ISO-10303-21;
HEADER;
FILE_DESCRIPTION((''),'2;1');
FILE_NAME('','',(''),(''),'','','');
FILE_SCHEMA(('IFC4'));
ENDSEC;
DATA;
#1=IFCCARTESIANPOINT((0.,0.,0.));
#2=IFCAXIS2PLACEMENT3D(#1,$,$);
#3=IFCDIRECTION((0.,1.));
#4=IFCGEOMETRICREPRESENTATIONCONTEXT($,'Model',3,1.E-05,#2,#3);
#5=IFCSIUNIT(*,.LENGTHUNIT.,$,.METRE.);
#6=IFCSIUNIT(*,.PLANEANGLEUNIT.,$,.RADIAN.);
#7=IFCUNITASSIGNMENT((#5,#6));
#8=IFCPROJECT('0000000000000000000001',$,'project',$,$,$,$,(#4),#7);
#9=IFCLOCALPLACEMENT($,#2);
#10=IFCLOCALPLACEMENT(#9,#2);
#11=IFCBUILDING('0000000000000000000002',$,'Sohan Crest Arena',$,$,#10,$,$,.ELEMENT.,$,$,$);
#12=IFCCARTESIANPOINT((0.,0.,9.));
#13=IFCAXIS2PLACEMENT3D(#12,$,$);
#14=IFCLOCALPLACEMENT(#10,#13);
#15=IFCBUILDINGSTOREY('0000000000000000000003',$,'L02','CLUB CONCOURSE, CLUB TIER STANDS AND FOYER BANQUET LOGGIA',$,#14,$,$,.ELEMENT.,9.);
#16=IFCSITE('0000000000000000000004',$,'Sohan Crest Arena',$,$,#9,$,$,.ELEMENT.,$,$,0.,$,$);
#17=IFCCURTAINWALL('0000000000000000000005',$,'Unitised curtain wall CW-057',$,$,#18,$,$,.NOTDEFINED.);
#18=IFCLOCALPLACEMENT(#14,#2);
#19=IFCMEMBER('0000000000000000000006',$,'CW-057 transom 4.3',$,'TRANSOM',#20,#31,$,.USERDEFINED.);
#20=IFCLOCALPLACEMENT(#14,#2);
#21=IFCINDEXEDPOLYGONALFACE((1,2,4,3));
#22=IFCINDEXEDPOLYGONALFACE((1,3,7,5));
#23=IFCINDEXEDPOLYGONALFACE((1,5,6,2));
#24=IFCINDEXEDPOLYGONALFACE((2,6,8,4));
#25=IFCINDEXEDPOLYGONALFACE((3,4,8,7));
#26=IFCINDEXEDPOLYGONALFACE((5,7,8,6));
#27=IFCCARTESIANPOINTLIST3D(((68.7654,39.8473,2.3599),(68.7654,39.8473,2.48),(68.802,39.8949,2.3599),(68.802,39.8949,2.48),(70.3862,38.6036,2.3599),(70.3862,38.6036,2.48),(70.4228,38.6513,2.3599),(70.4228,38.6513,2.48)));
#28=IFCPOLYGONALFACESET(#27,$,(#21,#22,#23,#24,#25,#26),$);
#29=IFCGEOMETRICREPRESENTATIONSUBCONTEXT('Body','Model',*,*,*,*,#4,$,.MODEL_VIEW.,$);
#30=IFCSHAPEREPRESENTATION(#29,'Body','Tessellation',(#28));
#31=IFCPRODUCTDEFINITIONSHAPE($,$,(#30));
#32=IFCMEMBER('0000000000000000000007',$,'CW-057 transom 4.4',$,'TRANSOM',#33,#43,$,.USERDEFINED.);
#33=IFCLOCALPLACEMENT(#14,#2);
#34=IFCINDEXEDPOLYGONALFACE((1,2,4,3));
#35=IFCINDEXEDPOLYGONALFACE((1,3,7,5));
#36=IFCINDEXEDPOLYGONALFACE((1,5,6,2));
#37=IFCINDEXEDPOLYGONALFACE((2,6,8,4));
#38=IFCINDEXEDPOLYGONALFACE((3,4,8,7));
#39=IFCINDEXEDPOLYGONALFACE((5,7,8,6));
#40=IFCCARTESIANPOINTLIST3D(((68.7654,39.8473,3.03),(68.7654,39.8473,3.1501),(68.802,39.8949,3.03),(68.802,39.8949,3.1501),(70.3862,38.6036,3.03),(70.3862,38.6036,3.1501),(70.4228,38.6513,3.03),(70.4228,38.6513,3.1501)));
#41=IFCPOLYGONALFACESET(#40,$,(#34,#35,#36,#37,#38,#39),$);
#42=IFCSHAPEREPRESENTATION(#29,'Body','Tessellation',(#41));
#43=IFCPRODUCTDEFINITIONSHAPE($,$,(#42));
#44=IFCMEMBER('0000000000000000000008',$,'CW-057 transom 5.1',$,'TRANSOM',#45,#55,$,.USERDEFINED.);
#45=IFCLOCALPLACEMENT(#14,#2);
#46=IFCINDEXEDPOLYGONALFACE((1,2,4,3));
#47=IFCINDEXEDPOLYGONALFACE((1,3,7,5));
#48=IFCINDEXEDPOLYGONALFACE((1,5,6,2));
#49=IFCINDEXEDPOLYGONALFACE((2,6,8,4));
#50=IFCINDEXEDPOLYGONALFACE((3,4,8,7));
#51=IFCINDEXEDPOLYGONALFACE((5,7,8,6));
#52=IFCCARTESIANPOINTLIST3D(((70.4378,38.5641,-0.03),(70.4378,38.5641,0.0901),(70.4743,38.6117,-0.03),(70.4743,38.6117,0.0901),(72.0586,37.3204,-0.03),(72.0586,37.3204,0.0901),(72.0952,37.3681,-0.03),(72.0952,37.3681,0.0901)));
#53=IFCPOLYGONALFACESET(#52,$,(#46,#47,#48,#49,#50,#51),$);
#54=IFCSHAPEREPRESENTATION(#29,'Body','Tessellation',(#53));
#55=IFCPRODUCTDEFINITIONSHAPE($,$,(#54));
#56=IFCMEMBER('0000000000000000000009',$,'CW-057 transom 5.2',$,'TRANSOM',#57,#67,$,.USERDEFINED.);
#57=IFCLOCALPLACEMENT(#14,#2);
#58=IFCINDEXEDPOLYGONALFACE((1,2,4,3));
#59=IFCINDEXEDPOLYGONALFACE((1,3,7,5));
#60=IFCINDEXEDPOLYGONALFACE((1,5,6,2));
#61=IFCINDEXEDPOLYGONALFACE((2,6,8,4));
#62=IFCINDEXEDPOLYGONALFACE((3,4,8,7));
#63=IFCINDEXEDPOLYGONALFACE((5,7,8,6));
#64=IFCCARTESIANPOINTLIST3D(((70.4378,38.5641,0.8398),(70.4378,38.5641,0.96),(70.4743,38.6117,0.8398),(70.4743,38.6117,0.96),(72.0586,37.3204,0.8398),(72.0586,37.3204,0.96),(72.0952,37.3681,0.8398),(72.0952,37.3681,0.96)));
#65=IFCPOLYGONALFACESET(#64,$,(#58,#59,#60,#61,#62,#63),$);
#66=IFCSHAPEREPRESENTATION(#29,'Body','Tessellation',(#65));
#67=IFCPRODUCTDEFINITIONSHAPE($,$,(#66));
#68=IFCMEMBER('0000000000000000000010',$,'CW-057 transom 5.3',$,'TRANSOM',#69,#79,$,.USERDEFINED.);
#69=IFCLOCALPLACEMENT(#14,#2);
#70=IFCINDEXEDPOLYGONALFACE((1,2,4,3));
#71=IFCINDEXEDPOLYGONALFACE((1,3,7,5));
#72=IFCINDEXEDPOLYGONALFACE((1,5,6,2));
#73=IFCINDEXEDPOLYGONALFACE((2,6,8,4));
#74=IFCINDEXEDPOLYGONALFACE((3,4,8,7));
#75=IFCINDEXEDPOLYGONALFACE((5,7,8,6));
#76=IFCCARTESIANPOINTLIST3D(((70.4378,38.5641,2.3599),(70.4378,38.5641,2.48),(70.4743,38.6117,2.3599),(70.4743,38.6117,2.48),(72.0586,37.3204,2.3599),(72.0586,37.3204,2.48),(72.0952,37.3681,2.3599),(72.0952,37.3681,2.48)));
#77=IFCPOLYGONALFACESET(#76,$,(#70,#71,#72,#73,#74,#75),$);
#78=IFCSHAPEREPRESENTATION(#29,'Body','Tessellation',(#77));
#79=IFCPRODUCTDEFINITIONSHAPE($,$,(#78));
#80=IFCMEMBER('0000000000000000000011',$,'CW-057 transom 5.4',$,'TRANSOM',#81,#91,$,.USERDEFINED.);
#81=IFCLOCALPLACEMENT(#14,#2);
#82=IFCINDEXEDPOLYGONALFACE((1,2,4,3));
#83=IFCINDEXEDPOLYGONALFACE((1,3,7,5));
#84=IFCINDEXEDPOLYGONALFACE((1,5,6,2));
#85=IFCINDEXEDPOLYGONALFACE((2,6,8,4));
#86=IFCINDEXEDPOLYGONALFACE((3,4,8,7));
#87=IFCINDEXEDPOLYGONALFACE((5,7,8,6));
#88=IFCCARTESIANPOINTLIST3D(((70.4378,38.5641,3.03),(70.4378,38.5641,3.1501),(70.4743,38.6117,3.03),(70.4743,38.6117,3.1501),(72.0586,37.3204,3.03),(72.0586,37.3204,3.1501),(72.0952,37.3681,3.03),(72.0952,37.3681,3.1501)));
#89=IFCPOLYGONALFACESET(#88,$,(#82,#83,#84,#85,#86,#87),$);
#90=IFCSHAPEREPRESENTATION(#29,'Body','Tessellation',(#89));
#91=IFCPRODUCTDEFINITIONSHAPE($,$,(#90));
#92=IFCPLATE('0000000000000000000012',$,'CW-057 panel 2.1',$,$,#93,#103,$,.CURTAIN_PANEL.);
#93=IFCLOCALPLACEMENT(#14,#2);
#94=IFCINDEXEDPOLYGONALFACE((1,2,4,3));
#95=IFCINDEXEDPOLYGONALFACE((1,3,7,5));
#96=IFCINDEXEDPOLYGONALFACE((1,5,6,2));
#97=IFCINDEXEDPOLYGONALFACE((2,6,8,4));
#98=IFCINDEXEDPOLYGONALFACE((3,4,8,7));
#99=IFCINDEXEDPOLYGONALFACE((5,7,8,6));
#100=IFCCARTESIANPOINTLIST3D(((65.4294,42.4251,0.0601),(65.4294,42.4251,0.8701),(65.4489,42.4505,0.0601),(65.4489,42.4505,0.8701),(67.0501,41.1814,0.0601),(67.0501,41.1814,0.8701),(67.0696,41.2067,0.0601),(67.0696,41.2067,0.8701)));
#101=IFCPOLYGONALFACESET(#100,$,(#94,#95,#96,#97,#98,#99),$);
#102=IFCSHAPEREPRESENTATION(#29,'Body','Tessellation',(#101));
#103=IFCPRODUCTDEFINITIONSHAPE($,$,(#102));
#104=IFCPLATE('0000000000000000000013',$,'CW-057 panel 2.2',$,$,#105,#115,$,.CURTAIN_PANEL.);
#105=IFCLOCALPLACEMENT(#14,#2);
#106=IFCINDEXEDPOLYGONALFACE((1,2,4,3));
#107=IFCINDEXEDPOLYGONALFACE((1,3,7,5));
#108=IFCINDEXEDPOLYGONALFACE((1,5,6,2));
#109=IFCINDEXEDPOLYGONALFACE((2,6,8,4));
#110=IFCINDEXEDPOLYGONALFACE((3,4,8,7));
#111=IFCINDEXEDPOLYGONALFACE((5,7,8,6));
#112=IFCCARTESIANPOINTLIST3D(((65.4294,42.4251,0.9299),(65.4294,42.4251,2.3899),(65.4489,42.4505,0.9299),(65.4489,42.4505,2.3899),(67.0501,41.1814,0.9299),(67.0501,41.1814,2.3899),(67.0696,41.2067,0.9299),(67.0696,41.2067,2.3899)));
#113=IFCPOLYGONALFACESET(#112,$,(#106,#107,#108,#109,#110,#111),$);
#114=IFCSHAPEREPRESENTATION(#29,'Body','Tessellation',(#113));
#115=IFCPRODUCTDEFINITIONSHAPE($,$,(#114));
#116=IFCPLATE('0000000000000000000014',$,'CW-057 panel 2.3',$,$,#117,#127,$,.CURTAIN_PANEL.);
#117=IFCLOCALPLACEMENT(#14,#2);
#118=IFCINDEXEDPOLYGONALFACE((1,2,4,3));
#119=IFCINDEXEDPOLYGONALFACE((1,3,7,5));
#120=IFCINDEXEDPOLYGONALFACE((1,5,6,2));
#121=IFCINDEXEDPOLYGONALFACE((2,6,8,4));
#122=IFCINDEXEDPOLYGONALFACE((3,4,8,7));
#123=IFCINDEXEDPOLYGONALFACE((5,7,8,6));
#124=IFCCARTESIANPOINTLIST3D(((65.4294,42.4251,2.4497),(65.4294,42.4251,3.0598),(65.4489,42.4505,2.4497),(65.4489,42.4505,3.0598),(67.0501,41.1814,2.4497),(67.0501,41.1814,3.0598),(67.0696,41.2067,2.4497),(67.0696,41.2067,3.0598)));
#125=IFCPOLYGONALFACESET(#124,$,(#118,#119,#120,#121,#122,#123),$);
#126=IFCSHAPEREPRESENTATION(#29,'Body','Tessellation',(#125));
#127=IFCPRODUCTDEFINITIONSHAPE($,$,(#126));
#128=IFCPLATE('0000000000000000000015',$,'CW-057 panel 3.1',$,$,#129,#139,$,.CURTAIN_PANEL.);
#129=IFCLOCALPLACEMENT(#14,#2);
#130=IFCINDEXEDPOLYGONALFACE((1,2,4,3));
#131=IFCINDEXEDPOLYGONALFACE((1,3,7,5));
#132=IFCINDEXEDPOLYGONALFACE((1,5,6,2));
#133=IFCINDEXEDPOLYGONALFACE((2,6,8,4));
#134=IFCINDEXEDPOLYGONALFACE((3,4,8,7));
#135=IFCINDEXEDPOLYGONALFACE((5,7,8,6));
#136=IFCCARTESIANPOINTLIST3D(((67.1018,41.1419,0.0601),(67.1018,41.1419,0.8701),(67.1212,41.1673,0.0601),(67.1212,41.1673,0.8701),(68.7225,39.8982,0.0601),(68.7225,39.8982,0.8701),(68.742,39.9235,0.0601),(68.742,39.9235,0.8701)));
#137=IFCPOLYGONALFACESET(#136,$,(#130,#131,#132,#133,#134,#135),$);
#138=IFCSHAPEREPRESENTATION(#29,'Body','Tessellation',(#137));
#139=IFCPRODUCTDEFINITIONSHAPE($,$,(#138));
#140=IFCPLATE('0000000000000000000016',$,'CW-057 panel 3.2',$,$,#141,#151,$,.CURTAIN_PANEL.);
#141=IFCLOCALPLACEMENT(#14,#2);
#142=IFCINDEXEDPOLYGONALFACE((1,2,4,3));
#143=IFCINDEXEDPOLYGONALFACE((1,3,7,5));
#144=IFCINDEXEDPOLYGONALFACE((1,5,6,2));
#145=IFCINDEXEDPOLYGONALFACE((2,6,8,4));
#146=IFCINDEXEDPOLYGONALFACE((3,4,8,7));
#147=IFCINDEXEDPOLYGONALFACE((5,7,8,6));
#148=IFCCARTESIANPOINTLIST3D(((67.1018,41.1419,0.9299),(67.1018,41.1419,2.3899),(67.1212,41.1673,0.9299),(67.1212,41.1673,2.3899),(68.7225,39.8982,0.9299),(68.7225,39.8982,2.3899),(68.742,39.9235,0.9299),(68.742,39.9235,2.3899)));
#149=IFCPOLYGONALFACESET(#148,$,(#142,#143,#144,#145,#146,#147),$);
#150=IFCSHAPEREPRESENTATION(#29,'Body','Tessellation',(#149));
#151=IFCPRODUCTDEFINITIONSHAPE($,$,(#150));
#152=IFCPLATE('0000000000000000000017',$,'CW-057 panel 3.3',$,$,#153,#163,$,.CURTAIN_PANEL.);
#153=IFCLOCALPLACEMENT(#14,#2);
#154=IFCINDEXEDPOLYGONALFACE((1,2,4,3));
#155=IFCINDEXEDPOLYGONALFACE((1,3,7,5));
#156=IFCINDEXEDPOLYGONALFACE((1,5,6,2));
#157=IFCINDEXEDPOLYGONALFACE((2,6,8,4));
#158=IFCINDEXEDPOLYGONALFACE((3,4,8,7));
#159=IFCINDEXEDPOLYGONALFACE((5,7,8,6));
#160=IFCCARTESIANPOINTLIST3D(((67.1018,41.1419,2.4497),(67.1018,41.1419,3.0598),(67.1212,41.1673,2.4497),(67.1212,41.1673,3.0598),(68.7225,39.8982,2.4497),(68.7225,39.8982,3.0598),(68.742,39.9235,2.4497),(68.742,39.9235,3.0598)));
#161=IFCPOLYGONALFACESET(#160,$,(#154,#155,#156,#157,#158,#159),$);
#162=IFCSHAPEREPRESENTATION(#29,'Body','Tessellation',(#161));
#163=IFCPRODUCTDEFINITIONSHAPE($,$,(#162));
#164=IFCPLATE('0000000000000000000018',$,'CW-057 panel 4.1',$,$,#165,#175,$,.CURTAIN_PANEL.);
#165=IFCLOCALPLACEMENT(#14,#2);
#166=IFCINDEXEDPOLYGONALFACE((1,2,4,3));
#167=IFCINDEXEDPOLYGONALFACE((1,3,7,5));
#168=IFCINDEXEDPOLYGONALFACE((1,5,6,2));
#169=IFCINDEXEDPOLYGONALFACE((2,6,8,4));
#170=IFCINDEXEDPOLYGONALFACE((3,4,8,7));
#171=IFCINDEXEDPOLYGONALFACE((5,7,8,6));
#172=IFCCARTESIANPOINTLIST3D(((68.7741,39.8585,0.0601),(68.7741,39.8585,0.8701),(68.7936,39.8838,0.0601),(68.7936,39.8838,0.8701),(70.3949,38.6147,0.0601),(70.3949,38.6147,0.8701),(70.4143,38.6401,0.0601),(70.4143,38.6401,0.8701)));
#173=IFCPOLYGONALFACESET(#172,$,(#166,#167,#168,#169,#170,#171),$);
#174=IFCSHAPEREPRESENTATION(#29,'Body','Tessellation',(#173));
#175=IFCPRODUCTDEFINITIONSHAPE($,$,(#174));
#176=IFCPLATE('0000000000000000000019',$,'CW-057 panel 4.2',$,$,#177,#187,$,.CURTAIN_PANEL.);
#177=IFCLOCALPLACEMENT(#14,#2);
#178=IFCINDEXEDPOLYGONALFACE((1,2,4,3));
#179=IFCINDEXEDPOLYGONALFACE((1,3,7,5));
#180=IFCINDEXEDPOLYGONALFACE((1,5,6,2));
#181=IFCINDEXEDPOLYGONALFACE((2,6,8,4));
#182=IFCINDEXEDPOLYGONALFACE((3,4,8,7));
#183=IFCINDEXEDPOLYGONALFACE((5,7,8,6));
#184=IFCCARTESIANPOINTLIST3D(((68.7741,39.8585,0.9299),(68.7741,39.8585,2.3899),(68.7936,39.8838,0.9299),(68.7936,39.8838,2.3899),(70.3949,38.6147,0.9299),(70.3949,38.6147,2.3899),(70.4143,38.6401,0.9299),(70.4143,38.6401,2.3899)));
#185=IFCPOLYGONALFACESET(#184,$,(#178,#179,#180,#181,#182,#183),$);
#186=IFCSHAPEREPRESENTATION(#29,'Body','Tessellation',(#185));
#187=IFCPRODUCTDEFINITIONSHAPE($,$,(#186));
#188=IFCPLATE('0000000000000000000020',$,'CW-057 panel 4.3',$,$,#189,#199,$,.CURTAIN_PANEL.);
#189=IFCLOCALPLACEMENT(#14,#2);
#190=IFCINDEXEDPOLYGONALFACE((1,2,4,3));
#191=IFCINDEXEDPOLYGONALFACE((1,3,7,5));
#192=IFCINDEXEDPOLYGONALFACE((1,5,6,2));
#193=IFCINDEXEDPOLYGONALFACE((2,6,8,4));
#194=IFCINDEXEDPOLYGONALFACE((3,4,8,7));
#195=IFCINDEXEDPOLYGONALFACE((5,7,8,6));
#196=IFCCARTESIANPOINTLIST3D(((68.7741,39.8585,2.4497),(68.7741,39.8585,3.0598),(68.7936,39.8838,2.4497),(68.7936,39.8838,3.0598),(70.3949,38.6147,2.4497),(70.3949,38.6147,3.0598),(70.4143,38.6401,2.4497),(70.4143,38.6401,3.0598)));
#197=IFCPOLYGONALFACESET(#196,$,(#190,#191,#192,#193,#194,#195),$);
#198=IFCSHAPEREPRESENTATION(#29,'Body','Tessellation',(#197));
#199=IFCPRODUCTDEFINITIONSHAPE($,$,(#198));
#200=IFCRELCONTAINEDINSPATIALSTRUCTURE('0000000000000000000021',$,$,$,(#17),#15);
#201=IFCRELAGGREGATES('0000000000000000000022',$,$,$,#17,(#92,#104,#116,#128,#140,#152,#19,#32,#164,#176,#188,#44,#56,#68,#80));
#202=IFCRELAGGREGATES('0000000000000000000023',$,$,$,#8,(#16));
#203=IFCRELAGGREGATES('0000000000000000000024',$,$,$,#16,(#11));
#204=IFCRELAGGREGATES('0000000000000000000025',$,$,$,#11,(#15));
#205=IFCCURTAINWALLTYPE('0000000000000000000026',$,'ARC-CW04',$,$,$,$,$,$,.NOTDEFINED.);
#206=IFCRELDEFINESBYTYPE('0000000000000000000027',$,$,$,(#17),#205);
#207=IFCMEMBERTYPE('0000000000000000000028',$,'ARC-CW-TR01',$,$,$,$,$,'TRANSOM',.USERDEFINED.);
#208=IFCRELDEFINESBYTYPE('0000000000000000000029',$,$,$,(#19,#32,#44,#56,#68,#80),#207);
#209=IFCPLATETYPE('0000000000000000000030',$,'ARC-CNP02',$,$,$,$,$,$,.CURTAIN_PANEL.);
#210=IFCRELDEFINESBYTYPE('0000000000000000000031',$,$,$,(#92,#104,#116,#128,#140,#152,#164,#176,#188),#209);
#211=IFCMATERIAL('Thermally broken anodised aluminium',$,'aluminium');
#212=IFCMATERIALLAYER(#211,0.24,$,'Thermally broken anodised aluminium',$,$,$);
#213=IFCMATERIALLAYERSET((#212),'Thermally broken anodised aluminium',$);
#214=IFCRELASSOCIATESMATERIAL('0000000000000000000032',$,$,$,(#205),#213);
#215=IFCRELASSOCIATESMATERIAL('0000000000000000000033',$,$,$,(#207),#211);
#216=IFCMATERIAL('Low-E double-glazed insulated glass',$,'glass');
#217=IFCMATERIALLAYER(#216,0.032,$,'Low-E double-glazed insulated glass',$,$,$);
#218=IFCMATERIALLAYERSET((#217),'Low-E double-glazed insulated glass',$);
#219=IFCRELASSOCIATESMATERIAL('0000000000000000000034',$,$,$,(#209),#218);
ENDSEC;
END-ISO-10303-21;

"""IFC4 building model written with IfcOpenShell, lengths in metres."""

from ifc_helpers import new_model, si_unit, direction, frame, origin, origin_2d, place, context, subcontext, project, spatial, rectangle, extrude, material, layer, layer_set, material_profile, profile_set, type_object, element, aggregate, save


model = new_model("IFC4")

# Units and contexts
model_context = context("Model", 3, precision=1e-05, world=origin(), true_north=direction((0.0, 1.0)))
body_context = subcontext(model_context, "Body", "Model", "MODEL_VIEW")
ifc_project = project(units=[si_unit("LENGTHUNIT", "METRE"), si_unit("PLANEANGLEUNIT", "RADIAN")], contexts=[model_context])

# Site, building, storey
site_placement = place(None, origin())
site = spatial("IfcSite", under=ifc_project, at=site_placement, Name="Sohan Crest Arena", CompositionType="ELEMENT", RefElevation=0.0)
building_placement = place(site_placement, origin())
building = spatial("IfcBuilding", under=site, at=building_placement, Name="Sohan Crest Arena", CompositionType="ELEMENT")
storey_placement = place(building_placement, frame((0.0, 0.0, 9.0)))
storey = spatial("IfcBuildingStorey", under=building, at=storey_placement, Name="L02", Description="CLUB CONCOURSE, CLUB TIER STANDS AND FOYER BANQUET LOGGIA", CompositionType="ELEMENT", Elevation=9.0)

# Curtain wall, members, plates
ifc_material_1 = material(Name="Thermally broken anodised aluminium", Category="aluminium")
ifc_layer_1 = layer(ifc_material_1, 0.24, Name="Thermally broken anodised aluminium")
ifc_layer_set_1 = layer_set([ifc_layer_1], Name="Thermally broken anodised aluminium")
curtain_wall_type = type_object("IfcCurtainWallType", Name="ARC-CW04", PredefinedType="NOTDEFINED", material=ifc_layer_set_1)
curtain_wall_placement = place(storey_placement, origin())
curtain_wall = element("IfcCurtainWall", 1, at=curtain_wall_placement, inside=storey, type_object=curtain_wall_type, Name="Unitised curtain wall CW-057", PredefinedType="NOTDEFINED")
ifc_material_profile_1 = material_profile(ifc_material_1, rectangle(XDim=0.0601, YDim=0.1201, at=origin_2d()), Name="ALU-TRAN 60x120")
ifc_profile_set_1 = profile_set([ifc_material_profile_1], Name="Thermally broken anodised aluminium")
member_type_1 = type_object("IfcMemberType", Name="ARC-CW-TR01", ElementType="TRANSOM", PredefinedType="USERDEFINED", material=ifc_profile_set_1)
member_1_placement = place(storey_placement, frame((68.7837, 39.8711, 2.4199), z_axis=(0.79337, -0.60874, 0.0), x_axis=(0.60874, 0.79337, 0.0)))
member_1 = element("IfcMember", 2, at=member_1_placement, type_object=member_type_1, Name="CW-057 transom 4.3", ObjectType="TRANSOM", PredefinedType="USERDEFINED", context=body_context, shape_type="SweptSolid", body=[
    extrude(rectangle(XDim=0.0601, YDim=0.1201, at=origin_2d()), origin(), (0.0, 0.0, 1.0), 2.043),
])
member_2_placement = place(storey_placement, frame((68.7837, 39.8711, 3.0901), z_axis=(0.79337, -0.60874, 0.0), x_axis=(0.60874, 0.79337, 0.0)))
member_2 = element("IfcMember", 3, at=member_2_placement, type_object=member_type_1, Name="CW-057 transom 4.4", ObjectType="TRANSOM", PredefinedType="USERDEFINED", context=body_context, shape_type="SweptSolid", body=[
    extrude(rectangle(XDim=0.0601, YDim=0.1201, at=origin_2d()), origin(), (0.0, 0.0, 1.0), 2.043),
])
member_3_placement = place(storey_placement, frame((70.4561, 38.5879, 0.03), z_axis=(0.79337, -0.60874, 0.0), x_axis=(0.60874, 0.79337, 0.0)))
member_3 = element("IfcMember", 4, at=member_3_placement, type_object=member_type_1, Name="CW-057 transom 5.1", ObjectType="TRANSOM", PredefinedType="USERDEFINED", context=body_context, shape_type="SweptSolid", body=[
    extrude(rectangle(XDim=0.0601, YDim=0.1201, at=origin_2d()), origin(), (0.0, 0.0, 1.0), 2.043),
])
member_4_placement = place(storey_placement, frame((70.4561, 38.5879, 0.8999), z_axis=(0.79337, -0.60874, 0.0), x_axis=(0.60874, 0.79337, 0.0)))
member_4 = element("IfcMember", 5, at=member_4_placement, type_object=member_type_1, Name="CW-057 transom 5.2", ObjectType="TRANSOM", PredefinedType="USERDEFINED", context=body_context, shape_type="SweptSolid", body=[
    extrude(rectangle(XDim=0.0601, YDim=0.1201, at=origin_2d()), origin(), (0.0, 0.0, 1.0), 2.043),
])
member_5_placement = place(storey_placement, frame((70.4561, 38.5879, 2.4199), z_axis=(0.79337, -0.60874, 0.0), x_axis=(0.60874, 0.79337, 0.0)))
member_5 = element("IfcMember", 6, at=member_5_placement, type_object=member_type_1, Name="CW-057 transom 5.3", ObjectType="TRANSOM", PredefinedType="USERDEFINED", context=body_context, shape_type="SweptSolid", body=[
    extrude(rectangle(XDim=0.0601, YDim=0.1201, at=origin_2d()), origin(), (0.0, 0.0, 1.0), 2.043),
])
member_6_placement = place(storey_placement, frame((70.4561, 38.5879, 3.0901), z_axis=(0.79337, -0.60874, 0.0), x_axis=(0.60874, 0.79337, 0.0)))
member_6 = element("IfcMember", 7, at=member_6_placement, type_object=member_type_1, Name="CW-057 transom 5.4", ObjectType="TRANSOM", PredefinedType="USERDEFINED", context=body_context, shape_type="SweptSolid", body=[
    extrude(rectangle(XDim=0.0601, YDim=0.1201, at=origin_2d()), origin(), (0.0, 0.0, 1.0), 2.043),
])
ifc_material_2 = material(Name="Low-E double-glazed insulated glass", Category="glass")
ifc_layer_2 = layer(ifc_material_2, 0.032, Name="Low-E double-glazed insulated glass")
ifc_layer_set_2 = layer_set([ifc_layer_2], Name="Low-E double-glazed insulated glass")
plate_type = type_object("IfcPlateType", Name="ARC-CNP02", PredefinedType="CURTAIN_PANEL", material=ifc_layer_set_2)
plate_1_placement = place(storey_placement, frame((66.2495, 41.8159, 0.0601), z_axis=(0.0, 0.0, 1.0), x_axis=(0.793329, -0.608793, 0.0)))
plate_1 = element("IfcPlate", 8, at=plate_1_placement, type_object=plate_type, Name="CW-057 panel 2.1", PredefinedType="CURTAIN_PANEL", context=body_context, shape_type="SweptSolid", body=[
    extrude(rectangle(XDim=2.043, YDim=0.032, at=origin_2d()), origin(), (0.0, 0.0, 1.0), 0.8101),
])
plate_2_placement = place(storey_placement, frame((66.2495, 41.8159, 0.9299), z_axis=(0.0, 0.0, 1.0), x_axis=(0.793329, -0.608793, 0.0)))
plate_2 = element("IfcPlate", 9, at=plate_2_placement, type_object=plate_type, Name="CW-057 panel 2.2", PredefinedType="CURTAIN_PANEL", context=body_context, shape_type="SweptSolid", body=[
    extrude(rectangle(XDim=2.043, YDim=0.032, at=origin_2d()), origin(), (0.0, 0.0, 1.0), 1.46),
])
plate_3_placement = place(storey_placement, frame((66.2495, 41.8159, 2.4497), z_axis=(0.0, 0.0, 1.0), x_axis=(0.793329, -0.608793, 0.0)))
plate_3 = element("IfcPlate", 10, at=plate_3_placement, type_object=plate_type, Name="CW-057 panel 2.3", PredefinedType="CURTAIN_PANEL", context=body_context, shape_type="SweptSolid", body=[
    extrude(rectangle(XDim=2.043, YDim=0.032, at=origin_2d()), origin(), (0.0, 0.0, 1.0), 0.6101),
])
plate_4_placement = place(storey_placement, frame((67.9219, 40.5327, 0.0601), z_axis=(0.0, 0.0, 1.0), x_axis=(0.793329, -0.608793, 0.0)))
plate_4 = element("IfcPlate", 11, at=plate_4_placement, type_object=plate_type, Name="CW-057 panel 3.1", PredefinedType="CURTAIN_PANEL", context=body_context, shape_type="SweptSolid", body=[
    extrude(rectangle(XDim=2.043, YDim=0.032, at=origin_2d()), origin(), (0.0, 0.0, 1.0), 0.8101),
])
plate_5_placement = place(storey_placement, frame((67.9219, 40.5327, 0.9299), z_axis=(0.0, 0.0, 1.0), x_axis=(0.793329, -0.608793, 0.0)))
plate_5 = element("IfcPlate", 12, at=plate_5_placement, type_object=plate_type, Name="CW-057 panel 3.2", PredefinedType="CURTAIN_PANEL", context=body_context, shape_type="SweptSolid", body=[
    extrude(rectangle(XDim=2.043, YDim=0.032, at=origin_2d()), origin(), (0.0, 0.0, 1.0), 1.46),
])
plate_6_placement = place(storey_placement, frame((67.9219, 40.5327, 2.4497), z_axis=(0.0, 0.0, 1.0), x_axis=(0.793329, -0.608793, 0.0)))
plate_6 = element("IfcPlate", 13, at=plate_6_placement, type_object=plate_type, Name="CW-057 panel 3.3", PredefinedType="CURTAIN_PANEL", context=body_context, shape_type="SweptSolid", body=[
    extrude(rectangle(XDim=2.043, YDim=0.032, at=origin_2d()), origin(), (0.0, 0.0, 1.0), 0.6101),
])
plate_7_placement = place(storey_placement, frame((69.5942, 39.2493, 0.0601), z_axis=(0.0, 0.0, 1.0), x_axis=(0.793329, -0.608793, 0.0)))
plate_7 = element("IfcPlate", 14, at=plate_7_placement, type_object=plate_type, Name="CW-057 panel 4.1", PredefinedType="CURTAIN_PANEL", context=body_context, shape_type="SweptSolid", body=[
    extrude(rectangle(XDim=2.043, YDim=0.032, at=origin_2d()), origin(), (0.0, 0.0, 1.0), 0.8101),
])
plate_8_placement = place(storey_placement, frame((69.5942, 39.2493, 0.9299), z_axis=(0.0, 0.0, 1.0), x_axis=(0.793329, -0.608793, 0.0)))
plate_8 = element("IfcPlate", 15, at=plate_8_placement, type_object=plate_type, Name="CW-057 panel 4.2", PredefinedType="CURTAIN_PANEL", context=body_context, shape_type="SweptSolid", body=[
    extrude(rectangle(XDim=2.043, YDim=0.032, at=origin_2d()), origin(), (0.0, 0.0, 1.0), 1.46),
])
plate_9_placement = place(storey_placement, frame((69.5942, 39.2493, 2.4497), z_axis=(0.0, 0.0, 1.0), x_axis=(0.793329, -0.608793, 0.0)))
plate_9 = element("IfcPlate", 16, at=plate_9_placement, type_object=plate_type, Name="CW-057 panel 4.3", PredefinedType="CURTAIN_PANEL", context=body_context, shape_type="SweptSolid", body=[
    extrude(rectangle(XDim=2.043, YDim=0.032, at=origin_2d()), origin(), (0.0, 0.0, 1.0), 0.6101),
])
aggregate(curtain_wall, [plate_1, plate_2, plate_3, plate_4, plate_5, plate_6, member_1, member_2, plate_7, plate_8, plate_9, member_3, member_4, member_5, member_6])

save(model, "model.ifc")
